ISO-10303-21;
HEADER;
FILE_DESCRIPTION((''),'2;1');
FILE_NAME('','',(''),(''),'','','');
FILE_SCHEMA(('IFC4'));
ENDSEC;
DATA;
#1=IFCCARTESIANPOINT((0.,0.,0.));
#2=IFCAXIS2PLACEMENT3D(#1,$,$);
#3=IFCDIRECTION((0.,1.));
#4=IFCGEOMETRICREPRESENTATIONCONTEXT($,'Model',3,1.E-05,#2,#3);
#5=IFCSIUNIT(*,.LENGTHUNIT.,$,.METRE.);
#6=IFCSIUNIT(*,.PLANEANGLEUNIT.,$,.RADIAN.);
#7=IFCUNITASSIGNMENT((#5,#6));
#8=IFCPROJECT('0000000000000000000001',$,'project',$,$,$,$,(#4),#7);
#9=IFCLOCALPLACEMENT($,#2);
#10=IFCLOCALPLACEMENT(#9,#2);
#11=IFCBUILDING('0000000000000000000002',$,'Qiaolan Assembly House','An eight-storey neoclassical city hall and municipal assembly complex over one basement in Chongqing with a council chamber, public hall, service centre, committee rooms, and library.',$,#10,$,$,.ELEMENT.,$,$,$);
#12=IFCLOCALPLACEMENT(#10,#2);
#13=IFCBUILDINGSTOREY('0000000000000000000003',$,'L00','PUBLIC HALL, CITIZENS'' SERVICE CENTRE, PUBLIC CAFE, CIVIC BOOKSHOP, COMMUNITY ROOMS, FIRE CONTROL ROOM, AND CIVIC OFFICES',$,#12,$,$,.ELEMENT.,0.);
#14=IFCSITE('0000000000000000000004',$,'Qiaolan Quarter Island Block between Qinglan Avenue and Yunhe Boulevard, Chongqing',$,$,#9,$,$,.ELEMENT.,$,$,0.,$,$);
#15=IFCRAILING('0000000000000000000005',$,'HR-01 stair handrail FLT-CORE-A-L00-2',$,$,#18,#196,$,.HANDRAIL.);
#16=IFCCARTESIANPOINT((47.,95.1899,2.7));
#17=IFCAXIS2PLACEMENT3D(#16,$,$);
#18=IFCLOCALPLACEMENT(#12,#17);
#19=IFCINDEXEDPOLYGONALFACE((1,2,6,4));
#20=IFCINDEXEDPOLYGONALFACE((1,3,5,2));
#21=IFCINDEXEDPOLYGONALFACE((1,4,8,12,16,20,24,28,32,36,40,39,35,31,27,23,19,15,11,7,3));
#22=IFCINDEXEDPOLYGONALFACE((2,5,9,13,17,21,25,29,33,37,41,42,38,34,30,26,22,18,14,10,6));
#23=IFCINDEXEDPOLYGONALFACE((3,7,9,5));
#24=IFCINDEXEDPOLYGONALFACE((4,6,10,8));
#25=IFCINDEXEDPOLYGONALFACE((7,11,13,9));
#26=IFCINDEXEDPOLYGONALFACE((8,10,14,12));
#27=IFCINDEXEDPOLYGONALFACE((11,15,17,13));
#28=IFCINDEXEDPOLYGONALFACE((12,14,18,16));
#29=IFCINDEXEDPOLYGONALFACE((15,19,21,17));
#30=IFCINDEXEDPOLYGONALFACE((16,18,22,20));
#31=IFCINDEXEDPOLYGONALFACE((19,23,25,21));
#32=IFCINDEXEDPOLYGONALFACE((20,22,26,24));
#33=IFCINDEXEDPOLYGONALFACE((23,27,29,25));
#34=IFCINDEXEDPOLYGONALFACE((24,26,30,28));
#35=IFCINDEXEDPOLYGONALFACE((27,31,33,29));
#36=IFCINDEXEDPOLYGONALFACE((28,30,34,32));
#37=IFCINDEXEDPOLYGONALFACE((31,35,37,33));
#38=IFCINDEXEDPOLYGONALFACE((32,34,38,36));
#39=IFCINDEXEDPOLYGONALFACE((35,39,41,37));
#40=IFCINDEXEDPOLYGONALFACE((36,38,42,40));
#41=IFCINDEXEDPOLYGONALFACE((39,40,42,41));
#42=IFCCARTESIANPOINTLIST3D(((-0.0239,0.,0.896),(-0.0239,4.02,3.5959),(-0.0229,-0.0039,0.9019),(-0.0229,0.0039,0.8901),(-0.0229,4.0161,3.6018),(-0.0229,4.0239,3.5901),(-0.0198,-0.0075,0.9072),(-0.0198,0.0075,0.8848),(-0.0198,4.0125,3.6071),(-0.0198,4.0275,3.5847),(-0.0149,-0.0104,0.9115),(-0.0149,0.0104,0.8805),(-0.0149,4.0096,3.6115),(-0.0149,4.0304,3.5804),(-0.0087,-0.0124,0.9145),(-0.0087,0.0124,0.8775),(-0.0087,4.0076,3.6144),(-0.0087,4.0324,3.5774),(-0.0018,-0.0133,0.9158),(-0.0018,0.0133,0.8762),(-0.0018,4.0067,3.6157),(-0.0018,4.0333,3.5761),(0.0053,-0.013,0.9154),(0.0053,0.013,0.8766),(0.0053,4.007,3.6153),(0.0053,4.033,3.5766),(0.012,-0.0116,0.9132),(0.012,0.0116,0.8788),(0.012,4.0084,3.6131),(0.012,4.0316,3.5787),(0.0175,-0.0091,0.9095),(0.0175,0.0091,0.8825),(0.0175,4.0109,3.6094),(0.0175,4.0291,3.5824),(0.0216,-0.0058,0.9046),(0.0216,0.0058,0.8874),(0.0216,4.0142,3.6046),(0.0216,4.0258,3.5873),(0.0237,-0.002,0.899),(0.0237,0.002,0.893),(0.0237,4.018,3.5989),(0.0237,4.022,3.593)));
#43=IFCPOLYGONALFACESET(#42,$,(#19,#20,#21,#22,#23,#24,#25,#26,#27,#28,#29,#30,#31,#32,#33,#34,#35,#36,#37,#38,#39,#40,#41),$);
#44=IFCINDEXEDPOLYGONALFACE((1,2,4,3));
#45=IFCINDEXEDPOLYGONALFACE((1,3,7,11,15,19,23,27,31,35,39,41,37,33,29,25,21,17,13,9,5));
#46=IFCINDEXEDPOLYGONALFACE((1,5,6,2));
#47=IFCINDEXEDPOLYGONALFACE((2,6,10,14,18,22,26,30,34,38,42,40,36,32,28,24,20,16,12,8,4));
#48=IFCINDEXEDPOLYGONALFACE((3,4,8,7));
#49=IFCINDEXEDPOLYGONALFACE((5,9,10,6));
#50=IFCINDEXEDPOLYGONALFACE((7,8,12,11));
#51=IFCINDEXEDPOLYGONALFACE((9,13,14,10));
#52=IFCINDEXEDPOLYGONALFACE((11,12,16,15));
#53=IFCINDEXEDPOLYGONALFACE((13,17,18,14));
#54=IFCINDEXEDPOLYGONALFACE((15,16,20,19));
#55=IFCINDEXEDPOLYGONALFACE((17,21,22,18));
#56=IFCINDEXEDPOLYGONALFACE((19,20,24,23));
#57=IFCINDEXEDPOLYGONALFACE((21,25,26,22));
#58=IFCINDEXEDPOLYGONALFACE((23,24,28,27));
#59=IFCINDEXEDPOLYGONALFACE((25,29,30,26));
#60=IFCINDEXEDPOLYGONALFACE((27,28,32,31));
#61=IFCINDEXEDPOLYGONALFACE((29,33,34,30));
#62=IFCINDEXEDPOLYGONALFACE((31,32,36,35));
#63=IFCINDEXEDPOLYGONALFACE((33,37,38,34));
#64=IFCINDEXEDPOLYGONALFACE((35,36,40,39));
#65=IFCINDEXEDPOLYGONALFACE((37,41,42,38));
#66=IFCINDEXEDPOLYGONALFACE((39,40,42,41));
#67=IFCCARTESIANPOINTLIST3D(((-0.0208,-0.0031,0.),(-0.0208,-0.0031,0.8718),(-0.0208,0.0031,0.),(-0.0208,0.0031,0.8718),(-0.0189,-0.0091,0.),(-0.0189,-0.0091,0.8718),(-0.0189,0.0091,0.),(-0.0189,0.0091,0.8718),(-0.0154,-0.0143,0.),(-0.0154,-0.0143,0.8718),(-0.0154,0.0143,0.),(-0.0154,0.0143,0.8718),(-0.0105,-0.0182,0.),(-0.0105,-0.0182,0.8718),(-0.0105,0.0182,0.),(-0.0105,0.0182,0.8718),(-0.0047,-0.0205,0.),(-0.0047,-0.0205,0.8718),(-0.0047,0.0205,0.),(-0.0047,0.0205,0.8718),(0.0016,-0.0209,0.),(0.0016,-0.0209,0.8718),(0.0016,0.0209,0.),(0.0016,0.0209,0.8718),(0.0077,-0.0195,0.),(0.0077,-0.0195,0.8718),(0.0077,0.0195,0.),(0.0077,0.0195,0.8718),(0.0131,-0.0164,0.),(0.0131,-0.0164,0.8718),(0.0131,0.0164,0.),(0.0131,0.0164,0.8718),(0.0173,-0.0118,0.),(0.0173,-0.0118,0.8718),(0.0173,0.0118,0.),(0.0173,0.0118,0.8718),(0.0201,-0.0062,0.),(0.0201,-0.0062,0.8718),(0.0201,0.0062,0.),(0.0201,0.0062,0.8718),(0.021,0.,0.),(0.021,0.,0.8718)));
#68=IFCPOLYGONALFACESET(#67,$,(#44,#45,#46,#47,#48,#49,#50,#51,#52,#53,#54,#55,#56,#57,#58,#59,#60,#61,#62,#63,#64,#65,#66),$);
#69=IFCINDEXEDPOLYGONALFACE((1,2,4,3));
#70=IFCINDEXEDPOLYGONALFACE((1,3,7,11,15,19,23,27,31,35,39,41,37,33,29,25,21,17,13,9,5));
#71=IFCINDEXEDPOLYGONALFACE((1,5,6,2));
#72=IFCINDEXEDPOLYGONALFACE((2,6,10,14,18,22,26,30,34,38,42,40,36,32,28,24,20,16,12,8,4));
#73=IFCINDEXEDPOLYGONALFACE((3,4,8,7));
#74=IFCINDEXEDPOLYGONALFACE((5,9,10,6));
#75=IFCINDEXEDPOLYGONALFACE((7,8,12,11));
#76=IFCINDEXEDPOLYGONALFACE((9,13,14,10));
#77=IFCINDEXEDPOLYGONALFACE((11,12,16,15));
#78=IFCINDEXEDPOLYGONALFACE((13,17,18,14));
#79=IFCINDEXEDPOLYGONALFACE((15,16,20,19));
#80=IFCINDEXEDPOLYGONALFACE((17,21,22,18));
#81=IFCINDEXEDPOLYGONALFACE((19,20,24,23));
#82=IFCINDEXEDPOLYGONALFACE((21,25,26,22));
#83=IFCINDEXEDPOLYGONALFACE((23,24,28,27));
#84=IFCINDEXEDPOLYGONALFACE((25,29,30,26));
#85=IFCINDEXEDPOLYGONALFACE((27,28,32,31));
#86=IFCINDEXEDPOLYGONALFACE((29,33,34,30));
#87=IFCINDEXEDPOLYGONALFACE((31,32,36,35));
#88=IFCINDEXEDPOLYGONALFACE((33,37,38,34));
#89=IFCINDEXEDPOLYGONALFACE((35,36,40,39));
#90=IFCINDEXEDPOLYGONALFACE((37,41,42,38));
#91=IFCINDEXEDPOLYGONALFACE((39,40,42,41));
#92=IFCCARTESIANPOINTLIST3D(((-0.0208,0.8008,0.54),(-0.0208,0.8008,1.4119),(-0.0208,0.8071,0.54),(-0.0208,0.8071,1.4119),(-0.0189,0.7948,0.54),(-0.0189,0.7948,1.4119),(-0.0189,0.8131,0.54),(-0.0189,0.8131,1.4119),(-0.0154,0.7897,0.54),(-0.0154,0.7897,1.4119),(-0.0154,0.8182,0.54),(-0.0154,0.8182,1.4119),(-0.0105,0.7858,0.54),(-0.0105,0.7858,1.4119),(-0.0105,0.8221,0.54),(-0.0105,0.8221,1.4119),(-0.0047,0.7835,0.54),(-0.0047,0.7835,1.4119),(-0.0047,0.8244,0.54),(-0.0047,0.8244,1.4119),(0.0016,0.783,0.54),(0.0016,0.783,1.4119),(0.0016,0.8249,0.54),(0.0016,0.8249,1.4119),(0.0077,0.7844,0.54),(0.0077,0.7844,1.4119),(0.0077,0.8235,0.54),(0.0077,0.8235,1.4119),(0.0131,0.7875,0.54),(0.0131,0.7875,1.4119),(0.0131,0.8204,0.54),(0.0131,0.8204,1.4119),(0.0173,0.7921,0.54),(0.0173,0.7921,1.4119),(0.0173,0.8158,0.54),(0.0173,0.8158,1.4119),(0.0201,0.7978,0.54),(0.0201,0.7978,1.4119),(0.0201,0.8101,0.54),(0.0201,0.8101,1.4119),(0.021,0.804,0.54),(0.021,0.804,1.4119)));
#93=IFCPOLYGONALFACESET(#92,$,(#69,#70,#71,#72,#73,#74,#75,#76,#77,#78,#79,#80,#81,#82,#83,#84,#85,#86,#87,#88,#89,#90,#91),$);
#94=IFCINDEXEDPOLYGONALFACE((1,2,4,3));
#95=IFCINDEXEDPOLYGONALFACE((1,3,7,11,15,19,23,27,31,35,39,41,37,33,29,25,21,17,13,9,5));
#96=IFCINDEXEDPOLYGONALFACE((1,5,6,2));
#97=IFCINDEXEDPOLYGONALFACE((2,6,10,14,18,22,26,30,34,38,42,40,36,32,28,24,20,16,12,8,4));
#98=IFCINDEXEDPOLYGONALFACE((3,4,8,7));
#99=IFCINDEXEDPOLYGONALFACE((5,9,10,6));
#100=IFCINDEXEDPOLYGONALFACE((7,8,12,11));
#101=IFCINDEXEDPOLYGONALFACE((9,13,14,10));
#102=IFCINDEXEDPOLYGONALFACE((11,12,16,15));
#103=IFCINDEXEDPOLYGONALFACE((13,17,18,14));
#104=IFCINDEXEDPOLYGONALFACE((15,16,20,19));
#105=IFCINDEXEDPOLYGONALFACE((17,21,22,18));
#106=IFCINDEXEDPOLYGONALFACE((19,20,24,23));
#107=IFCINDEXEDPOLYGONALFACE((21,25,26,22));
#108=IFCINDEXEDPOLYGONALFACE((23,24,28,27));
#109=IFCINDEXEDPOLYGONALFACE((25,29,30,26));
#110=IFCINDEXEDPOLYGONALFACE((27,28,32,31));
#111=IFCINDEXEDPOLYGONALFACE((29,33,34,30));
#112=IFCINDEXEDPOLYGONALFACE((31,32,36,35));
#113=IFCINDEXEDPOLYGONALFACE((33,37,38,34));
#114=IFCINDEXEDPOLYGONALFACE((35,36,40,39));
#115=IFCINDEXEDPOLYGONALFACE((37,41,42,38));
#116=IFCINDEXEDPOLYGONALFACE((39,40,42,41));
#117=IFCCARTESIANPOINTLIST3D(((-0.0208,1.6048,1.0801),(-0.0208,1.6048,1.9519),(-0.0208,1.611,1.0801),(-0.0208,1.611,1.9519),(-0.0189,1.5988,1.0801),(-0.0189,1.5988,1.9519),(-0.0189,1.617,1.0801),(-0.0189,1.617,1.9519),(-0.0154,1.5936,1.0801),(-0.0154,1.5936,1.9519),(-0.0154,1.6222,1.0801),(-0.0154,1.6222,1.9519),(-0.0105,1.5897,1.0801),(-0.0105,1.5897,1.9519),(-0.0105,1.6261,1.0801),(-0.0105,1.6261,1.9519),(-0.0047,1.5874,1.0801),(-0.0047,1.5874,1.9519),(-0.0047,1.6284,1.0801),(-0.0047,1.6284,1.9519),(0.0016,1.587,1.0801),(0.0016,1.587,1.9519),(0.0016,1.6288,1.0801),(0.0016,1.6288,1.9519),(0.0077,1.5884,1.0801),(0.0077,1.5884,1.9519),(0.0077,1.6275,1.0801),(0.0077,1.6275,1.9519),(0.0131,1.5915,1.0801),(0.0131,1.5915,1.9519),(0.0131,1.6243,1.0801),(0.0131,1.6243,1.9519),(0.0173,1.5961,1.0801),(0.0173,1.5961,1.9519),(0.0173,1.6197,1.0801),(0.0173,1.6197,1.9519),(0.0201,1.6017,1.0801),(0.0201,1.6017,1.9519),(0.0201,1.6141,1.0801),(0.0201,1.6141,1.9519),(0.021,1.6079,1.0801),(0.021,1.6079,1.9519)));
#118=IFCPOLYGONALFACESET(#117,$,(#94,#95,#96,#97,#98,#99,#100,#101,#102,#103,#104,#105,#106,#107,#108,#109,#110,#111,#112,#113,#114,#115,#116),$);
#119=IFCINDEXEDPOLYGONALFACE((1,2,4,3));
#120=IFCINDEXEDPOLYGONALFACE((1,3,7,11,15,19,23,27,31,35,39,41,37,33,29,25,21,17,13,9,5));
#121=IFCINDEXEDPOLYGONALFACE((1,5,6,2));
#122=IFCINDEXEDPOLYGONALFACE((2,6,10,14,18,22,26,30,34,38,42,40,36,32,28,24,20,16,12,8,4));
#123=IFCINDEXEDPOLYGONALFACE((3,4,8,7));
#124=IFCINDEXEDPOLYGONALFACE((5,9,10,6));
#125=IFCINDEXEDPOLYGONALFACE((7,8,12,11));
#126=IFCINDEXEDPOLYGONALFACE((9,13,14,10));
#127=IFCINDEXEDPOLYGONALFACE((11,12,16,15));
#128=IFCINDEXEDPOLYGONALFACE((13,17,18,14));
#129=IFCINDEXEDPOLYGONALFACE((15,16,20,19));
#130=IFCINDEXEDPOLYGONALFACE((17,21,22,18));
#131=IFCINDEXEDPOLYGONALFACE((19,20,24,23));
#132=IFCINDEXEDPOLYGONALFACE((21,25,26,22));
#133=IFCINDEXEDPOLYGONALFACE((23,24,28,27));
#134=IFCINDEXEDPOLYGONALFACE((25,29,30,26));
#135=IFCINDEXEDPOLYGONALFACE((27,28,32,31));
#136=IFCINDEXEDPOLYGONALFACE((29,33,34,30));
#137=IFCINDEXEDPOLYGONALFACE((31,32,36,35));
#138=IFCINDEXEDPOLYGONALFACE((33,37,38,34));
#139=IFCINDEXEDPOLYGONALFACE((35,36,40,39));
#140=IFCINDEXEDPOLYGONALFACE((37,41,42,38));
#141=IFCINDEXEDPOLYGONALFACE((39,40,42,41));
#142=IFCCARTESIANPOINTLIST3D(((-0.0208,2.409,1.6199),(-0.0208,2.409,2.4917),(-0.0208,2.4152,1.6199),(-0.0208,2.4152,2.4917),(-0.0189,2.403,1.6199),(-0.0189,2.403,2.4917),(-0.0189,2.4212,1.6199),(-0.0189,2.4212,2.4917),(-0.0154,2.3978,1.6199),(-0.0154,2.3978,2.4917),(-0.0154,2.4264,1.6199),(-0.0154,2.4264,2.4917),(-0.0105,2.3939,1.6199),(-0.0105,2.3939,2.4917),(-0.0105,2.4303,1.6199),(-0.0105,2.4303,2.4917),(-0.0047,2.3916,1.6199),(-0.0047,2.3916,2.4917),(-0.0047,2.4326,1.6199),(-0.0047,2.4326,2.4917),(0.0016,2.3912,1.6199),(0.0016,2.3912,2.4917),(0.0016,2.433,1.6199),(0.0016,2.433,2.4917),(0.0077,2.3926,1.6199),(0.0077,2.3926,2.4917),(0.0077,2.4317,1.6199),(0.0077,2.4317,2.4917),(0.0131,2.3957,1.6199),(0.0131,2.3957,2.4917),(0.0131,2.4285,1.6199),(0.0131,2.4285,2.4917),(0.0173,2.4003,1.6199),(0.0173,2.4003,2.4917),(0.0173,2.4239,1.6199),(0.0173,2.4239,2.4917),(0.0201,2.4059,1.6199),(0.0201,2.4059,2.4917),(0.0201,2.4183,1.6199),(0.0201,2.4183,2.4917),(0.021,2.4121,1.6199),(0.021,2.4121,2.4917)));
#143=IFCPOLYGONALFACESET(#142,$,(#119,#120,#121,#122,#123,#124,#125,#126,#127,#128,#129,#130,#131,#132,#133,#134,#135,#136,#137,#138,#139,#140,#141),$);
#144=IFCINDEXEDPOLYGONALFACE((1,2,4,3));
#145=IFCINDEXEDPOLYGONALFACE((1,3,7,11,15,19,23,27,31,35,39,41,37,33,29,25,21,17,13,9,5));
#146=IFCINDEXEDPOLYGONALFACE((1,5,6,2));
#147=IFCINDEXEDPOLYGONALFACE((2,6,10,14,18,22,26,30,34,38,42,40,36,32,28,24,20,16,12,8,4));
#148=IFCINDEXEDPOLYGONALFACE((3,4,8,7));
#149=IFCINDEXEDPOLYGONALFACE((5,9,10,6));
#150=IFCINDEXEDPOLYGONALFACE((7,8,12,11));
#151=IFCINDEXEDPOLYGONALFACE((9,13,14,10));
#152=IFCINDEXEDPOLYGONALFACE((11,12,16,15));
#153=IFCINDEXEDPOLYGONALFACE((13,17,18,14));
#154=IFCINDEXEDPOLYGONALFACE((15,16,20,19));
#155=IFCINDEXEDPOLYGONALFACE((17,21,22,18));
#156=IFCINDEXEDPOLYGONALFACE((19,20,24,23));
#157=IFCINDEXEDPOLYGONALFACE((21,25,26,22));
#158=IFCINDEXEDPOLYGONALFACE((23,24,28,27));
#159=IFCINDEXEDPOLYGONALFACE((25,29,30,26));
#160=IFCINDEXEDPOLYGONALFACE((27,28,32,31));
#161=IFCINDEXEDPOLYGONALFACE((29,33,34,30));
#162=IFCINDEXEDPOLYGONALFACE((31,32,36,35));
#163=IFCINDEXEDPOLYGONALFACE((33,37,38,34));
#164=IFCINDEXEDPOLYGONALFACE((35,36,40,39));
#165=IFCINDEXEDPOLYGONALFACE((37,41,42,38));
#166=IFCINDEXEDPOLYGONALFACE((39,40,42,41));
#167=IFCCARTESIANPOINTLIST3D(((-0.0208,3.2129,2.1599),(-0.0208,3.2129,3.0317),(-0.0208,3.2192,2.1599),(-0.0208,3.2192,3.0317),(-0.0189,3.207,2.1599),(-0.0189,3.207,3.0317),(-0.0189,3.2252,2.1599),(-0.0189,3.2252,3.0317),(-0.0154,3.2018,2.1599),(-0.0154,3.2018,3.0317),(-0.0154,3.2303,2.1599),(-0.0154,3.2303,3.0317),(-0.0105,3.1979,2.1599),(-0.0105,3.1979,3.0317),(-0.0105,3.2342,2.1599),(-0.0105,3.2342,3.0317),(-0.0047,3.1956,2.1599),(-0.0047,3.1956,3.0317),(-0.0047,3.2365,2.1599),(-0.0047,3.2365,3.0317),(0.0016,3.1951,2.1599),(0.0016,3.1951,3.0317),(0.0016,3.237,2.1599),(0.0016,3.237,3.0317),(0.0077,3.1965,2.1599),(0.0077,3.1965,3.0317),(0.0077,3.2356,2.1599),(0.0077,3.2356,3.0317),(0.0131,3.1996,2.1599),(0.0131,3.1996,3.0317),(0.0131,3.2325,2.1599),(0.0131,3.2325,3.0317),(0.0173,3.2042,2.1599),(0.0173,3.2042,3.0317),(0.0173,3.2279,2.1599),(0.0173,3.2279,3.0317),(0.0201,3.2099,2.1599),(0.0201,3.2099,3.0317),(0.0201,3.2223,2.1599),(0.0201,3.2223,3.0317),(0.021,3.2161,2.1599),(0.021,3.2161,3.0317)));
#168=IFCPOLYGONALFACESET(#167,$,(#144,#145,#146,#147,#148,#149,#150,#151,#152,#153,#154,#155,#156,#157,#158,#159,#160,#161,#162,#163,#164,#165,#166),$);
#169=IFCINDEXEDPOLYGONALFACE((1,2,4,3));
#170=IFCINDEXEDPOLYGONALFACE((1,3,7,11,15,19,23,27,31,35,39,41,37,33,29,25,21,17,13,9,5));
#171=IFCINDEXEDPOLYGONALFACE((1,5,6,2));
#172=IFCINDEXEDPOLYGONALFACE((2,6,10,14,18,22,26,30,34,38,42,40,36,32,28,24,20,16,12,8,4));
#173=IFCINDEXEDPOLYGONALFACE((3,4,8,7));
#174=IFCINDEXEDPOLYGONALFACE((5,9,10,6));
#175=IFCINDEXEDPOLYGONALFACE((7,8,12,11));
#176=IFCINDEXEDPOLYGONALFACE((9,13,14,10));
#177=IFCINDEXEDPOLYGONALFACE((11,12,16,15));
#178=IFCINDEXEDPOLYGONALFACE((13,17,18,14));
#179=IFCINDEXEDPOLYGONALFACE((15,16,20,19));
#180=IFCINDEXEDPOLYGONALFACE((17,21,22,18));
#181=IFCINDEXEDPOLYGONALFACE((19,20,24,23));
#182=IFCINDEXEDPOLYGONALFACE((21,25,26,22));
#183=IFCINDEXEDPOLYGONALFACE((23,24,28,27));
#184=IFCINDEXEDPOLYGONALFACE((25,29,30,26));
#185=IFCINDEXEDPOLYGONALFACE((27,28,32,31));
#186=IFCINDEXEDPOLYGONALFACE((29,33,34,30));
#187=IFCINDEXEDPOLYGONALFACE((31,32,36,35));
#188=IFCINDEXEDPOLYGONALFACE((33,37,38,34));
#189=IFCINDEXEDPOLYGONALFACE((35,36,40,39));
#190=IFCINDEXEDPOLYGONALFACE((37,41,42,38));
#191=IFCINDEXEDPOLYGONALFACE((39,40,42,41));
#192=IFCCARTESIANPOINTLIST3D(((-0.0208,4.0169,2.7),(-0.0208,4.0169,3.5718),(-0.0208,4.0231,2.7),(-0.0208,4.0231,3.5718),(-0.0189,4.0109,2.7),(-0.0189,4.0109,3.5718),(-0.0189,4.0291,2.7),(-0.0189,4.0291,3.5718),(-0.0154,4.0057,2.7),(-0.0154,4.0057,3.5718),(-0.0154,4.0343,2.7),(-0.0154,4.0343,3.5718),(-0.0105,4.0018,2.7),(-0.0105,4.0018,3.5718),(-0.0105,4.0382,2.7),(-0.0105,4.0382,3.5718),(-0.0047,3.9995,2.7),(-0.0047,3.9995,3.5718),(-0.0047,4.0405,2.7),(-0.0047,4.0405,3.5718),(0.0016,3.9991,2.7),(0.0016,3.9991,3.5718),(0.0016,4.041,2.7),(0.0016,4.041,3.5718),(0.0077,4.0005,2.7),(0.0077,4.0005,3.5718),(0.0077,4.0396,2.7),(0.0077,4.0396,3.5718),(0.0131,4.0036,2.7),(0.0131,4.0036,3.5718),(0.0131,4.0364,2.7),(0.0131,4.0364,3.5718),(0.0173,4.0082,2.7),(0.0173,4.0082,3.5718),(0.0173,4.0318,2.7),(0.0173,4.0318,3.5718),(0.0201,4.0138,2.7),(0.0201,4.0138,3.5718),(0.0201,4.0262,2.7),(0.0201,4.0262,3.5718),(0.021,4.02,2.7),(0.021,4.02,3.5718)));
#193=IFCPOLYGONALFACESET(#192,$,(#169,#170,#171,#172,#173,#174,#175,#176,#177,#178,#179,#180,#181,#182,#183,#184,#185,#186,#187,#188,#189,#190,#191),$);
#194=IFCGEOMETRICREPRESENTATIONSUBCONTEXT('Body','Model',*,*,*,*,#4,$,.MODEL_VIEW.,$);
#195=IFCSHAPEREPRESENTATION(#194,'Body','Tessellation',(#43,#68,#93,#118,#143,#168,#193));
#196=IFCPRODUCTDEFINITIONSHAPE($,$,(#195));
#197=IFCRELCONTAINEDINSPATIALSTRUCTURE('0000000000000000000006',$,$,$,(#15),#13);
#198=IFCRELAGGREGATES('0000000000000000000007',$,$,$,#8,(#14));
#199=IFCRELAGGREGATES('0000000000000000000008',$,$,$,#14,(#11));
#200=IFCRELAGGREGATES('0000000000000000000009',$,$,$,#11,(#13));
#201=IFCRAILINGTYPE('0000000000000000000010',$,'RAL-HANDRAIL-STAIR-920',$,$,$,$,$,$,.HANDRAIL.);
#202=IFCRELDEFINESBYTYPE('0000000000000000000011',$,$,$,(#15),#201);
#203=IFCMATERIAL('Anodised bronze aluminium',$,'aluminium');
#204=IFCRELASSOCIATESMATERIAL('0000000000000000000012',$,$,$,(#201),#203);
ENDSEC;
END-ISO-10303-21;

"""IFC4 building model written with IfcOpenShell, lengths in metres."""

from ifc_helpers import new_model, si_unit, direction, frame, origin, origin_2d, place, context, subcontext, project, spatial, circle, extrude, material, type_object, element, save


model = new_model("IFC4")

# Units and contexts
model_context = context("Model", 3, precision=1e-05, world=origin(), true_north=direction((0.0, 1.0)))
body_context = subcontext(model_context, "Body", "Model", "MODEL_VIEW")
ifc_project = project(units=[si_unit("LENGTHUNIT", "METRE"), si_unit("PLANEANGLEUNIT", "RADIAN")], contexts=[model_context])

# Site, building, storey
site_placement = place(None, origin())
site = spatial("IfcSite", under=ifc_project, at=site_placement, Name="Qiaolan Quarter Island Block between Qinglan Avenue and Yunhe Boulevard, Chongqing", CompositionType="ELEMENT", RefElevation=0.0)
building_placement = place(site_placement, origin())
building = spatial("IfcBuilding", under=site, at=building_placement, Name="Qiaolan Assembly House", Description="An eight-storey neoclassical city hall and municipal assembly complex over one basement in Chongqing with a council chamber, public hall, service centre, committee rooms, and library.", CompositionType="ELEMENT")
storey_placement = place(building_placement, origin())
storey = spatial("IfcBuildingStorey", under=building, at=storey_placement, Name="L00", Description="PUBLIC HALL, CITIZENS' SERVICE CENTRE, PUBLIC CAFE, CIVIC BOOKSHOP, COMMUNITY ROOMS, FIRE CONTROL ROOM, AND CIVIC OFFICES", CompositionType="ELEMENT", Elevation=0.0)

# Railing
ifc_material_1 = material(Name="Anodised bronze aluminium", Category="aluminium")
railing_type_1 = type_object("IfcRailingType", Name="RAL-HANDRAIL-STAIR-920", PredefinedType="HANDRAIL", material=ifc_material_1)
railing_1_placement = place(storey_placement, frame((47.0, 95.1899, 2.7)))
element("IfcRailing", 1, at=railing_1_placement, inside=storey, type_object=railing_type_1, Name="HR-01 stair handrail FLT-CORE-A-L00-2", PredefinedType="HANDRAIL", context=body_context, shape_type="SweptSolid", body=[
    extrude(circle(Radius=0.0239, at=origin_2d()), frame((0.0, 0.0, 0.896), z_axis=(0.0, 0.830145, 0.557547), x_axis=(-1.0, 0.0, 0.0)), (0.0, 0.0, 1.0), 4.8425),
    extrude(circle(Radius=0.021, at=origin_2d()), origin(), (0.0, 0.0, 1.0), 0.8718),
    extrude(circle(Radius=0.021, at=origin_2d()), frame((0.0, 0.804, 0.54)), (0.0, 0.0, 1.0), 0.8718),
    extrude(circle(Radius=0.021, at=origin_2d()), frame((0.0, 1.6079, 1.0801)), (0.0, 0.0, 1.0), 0.8718),
    extrude(circle(Radius=0.021, at=origin_2d()), frame((0.0, 2.4121, 1.6199)), (0.0, 0.0, 1.0), 0.8718),
    extrude(circle(Radius=0.021, at=origin_2d()), frame((0.0, 3.2161, 2.1599)), (0.0, 0.0, 1.0), 0.8718),
    extrude(circle(Radius=0.021, at=origin_2d()), frame((0.0, 4.02, 2.7)), (0.0, 0.0, 1.0), 0.8718),
])

save(model, "model.ifc")
